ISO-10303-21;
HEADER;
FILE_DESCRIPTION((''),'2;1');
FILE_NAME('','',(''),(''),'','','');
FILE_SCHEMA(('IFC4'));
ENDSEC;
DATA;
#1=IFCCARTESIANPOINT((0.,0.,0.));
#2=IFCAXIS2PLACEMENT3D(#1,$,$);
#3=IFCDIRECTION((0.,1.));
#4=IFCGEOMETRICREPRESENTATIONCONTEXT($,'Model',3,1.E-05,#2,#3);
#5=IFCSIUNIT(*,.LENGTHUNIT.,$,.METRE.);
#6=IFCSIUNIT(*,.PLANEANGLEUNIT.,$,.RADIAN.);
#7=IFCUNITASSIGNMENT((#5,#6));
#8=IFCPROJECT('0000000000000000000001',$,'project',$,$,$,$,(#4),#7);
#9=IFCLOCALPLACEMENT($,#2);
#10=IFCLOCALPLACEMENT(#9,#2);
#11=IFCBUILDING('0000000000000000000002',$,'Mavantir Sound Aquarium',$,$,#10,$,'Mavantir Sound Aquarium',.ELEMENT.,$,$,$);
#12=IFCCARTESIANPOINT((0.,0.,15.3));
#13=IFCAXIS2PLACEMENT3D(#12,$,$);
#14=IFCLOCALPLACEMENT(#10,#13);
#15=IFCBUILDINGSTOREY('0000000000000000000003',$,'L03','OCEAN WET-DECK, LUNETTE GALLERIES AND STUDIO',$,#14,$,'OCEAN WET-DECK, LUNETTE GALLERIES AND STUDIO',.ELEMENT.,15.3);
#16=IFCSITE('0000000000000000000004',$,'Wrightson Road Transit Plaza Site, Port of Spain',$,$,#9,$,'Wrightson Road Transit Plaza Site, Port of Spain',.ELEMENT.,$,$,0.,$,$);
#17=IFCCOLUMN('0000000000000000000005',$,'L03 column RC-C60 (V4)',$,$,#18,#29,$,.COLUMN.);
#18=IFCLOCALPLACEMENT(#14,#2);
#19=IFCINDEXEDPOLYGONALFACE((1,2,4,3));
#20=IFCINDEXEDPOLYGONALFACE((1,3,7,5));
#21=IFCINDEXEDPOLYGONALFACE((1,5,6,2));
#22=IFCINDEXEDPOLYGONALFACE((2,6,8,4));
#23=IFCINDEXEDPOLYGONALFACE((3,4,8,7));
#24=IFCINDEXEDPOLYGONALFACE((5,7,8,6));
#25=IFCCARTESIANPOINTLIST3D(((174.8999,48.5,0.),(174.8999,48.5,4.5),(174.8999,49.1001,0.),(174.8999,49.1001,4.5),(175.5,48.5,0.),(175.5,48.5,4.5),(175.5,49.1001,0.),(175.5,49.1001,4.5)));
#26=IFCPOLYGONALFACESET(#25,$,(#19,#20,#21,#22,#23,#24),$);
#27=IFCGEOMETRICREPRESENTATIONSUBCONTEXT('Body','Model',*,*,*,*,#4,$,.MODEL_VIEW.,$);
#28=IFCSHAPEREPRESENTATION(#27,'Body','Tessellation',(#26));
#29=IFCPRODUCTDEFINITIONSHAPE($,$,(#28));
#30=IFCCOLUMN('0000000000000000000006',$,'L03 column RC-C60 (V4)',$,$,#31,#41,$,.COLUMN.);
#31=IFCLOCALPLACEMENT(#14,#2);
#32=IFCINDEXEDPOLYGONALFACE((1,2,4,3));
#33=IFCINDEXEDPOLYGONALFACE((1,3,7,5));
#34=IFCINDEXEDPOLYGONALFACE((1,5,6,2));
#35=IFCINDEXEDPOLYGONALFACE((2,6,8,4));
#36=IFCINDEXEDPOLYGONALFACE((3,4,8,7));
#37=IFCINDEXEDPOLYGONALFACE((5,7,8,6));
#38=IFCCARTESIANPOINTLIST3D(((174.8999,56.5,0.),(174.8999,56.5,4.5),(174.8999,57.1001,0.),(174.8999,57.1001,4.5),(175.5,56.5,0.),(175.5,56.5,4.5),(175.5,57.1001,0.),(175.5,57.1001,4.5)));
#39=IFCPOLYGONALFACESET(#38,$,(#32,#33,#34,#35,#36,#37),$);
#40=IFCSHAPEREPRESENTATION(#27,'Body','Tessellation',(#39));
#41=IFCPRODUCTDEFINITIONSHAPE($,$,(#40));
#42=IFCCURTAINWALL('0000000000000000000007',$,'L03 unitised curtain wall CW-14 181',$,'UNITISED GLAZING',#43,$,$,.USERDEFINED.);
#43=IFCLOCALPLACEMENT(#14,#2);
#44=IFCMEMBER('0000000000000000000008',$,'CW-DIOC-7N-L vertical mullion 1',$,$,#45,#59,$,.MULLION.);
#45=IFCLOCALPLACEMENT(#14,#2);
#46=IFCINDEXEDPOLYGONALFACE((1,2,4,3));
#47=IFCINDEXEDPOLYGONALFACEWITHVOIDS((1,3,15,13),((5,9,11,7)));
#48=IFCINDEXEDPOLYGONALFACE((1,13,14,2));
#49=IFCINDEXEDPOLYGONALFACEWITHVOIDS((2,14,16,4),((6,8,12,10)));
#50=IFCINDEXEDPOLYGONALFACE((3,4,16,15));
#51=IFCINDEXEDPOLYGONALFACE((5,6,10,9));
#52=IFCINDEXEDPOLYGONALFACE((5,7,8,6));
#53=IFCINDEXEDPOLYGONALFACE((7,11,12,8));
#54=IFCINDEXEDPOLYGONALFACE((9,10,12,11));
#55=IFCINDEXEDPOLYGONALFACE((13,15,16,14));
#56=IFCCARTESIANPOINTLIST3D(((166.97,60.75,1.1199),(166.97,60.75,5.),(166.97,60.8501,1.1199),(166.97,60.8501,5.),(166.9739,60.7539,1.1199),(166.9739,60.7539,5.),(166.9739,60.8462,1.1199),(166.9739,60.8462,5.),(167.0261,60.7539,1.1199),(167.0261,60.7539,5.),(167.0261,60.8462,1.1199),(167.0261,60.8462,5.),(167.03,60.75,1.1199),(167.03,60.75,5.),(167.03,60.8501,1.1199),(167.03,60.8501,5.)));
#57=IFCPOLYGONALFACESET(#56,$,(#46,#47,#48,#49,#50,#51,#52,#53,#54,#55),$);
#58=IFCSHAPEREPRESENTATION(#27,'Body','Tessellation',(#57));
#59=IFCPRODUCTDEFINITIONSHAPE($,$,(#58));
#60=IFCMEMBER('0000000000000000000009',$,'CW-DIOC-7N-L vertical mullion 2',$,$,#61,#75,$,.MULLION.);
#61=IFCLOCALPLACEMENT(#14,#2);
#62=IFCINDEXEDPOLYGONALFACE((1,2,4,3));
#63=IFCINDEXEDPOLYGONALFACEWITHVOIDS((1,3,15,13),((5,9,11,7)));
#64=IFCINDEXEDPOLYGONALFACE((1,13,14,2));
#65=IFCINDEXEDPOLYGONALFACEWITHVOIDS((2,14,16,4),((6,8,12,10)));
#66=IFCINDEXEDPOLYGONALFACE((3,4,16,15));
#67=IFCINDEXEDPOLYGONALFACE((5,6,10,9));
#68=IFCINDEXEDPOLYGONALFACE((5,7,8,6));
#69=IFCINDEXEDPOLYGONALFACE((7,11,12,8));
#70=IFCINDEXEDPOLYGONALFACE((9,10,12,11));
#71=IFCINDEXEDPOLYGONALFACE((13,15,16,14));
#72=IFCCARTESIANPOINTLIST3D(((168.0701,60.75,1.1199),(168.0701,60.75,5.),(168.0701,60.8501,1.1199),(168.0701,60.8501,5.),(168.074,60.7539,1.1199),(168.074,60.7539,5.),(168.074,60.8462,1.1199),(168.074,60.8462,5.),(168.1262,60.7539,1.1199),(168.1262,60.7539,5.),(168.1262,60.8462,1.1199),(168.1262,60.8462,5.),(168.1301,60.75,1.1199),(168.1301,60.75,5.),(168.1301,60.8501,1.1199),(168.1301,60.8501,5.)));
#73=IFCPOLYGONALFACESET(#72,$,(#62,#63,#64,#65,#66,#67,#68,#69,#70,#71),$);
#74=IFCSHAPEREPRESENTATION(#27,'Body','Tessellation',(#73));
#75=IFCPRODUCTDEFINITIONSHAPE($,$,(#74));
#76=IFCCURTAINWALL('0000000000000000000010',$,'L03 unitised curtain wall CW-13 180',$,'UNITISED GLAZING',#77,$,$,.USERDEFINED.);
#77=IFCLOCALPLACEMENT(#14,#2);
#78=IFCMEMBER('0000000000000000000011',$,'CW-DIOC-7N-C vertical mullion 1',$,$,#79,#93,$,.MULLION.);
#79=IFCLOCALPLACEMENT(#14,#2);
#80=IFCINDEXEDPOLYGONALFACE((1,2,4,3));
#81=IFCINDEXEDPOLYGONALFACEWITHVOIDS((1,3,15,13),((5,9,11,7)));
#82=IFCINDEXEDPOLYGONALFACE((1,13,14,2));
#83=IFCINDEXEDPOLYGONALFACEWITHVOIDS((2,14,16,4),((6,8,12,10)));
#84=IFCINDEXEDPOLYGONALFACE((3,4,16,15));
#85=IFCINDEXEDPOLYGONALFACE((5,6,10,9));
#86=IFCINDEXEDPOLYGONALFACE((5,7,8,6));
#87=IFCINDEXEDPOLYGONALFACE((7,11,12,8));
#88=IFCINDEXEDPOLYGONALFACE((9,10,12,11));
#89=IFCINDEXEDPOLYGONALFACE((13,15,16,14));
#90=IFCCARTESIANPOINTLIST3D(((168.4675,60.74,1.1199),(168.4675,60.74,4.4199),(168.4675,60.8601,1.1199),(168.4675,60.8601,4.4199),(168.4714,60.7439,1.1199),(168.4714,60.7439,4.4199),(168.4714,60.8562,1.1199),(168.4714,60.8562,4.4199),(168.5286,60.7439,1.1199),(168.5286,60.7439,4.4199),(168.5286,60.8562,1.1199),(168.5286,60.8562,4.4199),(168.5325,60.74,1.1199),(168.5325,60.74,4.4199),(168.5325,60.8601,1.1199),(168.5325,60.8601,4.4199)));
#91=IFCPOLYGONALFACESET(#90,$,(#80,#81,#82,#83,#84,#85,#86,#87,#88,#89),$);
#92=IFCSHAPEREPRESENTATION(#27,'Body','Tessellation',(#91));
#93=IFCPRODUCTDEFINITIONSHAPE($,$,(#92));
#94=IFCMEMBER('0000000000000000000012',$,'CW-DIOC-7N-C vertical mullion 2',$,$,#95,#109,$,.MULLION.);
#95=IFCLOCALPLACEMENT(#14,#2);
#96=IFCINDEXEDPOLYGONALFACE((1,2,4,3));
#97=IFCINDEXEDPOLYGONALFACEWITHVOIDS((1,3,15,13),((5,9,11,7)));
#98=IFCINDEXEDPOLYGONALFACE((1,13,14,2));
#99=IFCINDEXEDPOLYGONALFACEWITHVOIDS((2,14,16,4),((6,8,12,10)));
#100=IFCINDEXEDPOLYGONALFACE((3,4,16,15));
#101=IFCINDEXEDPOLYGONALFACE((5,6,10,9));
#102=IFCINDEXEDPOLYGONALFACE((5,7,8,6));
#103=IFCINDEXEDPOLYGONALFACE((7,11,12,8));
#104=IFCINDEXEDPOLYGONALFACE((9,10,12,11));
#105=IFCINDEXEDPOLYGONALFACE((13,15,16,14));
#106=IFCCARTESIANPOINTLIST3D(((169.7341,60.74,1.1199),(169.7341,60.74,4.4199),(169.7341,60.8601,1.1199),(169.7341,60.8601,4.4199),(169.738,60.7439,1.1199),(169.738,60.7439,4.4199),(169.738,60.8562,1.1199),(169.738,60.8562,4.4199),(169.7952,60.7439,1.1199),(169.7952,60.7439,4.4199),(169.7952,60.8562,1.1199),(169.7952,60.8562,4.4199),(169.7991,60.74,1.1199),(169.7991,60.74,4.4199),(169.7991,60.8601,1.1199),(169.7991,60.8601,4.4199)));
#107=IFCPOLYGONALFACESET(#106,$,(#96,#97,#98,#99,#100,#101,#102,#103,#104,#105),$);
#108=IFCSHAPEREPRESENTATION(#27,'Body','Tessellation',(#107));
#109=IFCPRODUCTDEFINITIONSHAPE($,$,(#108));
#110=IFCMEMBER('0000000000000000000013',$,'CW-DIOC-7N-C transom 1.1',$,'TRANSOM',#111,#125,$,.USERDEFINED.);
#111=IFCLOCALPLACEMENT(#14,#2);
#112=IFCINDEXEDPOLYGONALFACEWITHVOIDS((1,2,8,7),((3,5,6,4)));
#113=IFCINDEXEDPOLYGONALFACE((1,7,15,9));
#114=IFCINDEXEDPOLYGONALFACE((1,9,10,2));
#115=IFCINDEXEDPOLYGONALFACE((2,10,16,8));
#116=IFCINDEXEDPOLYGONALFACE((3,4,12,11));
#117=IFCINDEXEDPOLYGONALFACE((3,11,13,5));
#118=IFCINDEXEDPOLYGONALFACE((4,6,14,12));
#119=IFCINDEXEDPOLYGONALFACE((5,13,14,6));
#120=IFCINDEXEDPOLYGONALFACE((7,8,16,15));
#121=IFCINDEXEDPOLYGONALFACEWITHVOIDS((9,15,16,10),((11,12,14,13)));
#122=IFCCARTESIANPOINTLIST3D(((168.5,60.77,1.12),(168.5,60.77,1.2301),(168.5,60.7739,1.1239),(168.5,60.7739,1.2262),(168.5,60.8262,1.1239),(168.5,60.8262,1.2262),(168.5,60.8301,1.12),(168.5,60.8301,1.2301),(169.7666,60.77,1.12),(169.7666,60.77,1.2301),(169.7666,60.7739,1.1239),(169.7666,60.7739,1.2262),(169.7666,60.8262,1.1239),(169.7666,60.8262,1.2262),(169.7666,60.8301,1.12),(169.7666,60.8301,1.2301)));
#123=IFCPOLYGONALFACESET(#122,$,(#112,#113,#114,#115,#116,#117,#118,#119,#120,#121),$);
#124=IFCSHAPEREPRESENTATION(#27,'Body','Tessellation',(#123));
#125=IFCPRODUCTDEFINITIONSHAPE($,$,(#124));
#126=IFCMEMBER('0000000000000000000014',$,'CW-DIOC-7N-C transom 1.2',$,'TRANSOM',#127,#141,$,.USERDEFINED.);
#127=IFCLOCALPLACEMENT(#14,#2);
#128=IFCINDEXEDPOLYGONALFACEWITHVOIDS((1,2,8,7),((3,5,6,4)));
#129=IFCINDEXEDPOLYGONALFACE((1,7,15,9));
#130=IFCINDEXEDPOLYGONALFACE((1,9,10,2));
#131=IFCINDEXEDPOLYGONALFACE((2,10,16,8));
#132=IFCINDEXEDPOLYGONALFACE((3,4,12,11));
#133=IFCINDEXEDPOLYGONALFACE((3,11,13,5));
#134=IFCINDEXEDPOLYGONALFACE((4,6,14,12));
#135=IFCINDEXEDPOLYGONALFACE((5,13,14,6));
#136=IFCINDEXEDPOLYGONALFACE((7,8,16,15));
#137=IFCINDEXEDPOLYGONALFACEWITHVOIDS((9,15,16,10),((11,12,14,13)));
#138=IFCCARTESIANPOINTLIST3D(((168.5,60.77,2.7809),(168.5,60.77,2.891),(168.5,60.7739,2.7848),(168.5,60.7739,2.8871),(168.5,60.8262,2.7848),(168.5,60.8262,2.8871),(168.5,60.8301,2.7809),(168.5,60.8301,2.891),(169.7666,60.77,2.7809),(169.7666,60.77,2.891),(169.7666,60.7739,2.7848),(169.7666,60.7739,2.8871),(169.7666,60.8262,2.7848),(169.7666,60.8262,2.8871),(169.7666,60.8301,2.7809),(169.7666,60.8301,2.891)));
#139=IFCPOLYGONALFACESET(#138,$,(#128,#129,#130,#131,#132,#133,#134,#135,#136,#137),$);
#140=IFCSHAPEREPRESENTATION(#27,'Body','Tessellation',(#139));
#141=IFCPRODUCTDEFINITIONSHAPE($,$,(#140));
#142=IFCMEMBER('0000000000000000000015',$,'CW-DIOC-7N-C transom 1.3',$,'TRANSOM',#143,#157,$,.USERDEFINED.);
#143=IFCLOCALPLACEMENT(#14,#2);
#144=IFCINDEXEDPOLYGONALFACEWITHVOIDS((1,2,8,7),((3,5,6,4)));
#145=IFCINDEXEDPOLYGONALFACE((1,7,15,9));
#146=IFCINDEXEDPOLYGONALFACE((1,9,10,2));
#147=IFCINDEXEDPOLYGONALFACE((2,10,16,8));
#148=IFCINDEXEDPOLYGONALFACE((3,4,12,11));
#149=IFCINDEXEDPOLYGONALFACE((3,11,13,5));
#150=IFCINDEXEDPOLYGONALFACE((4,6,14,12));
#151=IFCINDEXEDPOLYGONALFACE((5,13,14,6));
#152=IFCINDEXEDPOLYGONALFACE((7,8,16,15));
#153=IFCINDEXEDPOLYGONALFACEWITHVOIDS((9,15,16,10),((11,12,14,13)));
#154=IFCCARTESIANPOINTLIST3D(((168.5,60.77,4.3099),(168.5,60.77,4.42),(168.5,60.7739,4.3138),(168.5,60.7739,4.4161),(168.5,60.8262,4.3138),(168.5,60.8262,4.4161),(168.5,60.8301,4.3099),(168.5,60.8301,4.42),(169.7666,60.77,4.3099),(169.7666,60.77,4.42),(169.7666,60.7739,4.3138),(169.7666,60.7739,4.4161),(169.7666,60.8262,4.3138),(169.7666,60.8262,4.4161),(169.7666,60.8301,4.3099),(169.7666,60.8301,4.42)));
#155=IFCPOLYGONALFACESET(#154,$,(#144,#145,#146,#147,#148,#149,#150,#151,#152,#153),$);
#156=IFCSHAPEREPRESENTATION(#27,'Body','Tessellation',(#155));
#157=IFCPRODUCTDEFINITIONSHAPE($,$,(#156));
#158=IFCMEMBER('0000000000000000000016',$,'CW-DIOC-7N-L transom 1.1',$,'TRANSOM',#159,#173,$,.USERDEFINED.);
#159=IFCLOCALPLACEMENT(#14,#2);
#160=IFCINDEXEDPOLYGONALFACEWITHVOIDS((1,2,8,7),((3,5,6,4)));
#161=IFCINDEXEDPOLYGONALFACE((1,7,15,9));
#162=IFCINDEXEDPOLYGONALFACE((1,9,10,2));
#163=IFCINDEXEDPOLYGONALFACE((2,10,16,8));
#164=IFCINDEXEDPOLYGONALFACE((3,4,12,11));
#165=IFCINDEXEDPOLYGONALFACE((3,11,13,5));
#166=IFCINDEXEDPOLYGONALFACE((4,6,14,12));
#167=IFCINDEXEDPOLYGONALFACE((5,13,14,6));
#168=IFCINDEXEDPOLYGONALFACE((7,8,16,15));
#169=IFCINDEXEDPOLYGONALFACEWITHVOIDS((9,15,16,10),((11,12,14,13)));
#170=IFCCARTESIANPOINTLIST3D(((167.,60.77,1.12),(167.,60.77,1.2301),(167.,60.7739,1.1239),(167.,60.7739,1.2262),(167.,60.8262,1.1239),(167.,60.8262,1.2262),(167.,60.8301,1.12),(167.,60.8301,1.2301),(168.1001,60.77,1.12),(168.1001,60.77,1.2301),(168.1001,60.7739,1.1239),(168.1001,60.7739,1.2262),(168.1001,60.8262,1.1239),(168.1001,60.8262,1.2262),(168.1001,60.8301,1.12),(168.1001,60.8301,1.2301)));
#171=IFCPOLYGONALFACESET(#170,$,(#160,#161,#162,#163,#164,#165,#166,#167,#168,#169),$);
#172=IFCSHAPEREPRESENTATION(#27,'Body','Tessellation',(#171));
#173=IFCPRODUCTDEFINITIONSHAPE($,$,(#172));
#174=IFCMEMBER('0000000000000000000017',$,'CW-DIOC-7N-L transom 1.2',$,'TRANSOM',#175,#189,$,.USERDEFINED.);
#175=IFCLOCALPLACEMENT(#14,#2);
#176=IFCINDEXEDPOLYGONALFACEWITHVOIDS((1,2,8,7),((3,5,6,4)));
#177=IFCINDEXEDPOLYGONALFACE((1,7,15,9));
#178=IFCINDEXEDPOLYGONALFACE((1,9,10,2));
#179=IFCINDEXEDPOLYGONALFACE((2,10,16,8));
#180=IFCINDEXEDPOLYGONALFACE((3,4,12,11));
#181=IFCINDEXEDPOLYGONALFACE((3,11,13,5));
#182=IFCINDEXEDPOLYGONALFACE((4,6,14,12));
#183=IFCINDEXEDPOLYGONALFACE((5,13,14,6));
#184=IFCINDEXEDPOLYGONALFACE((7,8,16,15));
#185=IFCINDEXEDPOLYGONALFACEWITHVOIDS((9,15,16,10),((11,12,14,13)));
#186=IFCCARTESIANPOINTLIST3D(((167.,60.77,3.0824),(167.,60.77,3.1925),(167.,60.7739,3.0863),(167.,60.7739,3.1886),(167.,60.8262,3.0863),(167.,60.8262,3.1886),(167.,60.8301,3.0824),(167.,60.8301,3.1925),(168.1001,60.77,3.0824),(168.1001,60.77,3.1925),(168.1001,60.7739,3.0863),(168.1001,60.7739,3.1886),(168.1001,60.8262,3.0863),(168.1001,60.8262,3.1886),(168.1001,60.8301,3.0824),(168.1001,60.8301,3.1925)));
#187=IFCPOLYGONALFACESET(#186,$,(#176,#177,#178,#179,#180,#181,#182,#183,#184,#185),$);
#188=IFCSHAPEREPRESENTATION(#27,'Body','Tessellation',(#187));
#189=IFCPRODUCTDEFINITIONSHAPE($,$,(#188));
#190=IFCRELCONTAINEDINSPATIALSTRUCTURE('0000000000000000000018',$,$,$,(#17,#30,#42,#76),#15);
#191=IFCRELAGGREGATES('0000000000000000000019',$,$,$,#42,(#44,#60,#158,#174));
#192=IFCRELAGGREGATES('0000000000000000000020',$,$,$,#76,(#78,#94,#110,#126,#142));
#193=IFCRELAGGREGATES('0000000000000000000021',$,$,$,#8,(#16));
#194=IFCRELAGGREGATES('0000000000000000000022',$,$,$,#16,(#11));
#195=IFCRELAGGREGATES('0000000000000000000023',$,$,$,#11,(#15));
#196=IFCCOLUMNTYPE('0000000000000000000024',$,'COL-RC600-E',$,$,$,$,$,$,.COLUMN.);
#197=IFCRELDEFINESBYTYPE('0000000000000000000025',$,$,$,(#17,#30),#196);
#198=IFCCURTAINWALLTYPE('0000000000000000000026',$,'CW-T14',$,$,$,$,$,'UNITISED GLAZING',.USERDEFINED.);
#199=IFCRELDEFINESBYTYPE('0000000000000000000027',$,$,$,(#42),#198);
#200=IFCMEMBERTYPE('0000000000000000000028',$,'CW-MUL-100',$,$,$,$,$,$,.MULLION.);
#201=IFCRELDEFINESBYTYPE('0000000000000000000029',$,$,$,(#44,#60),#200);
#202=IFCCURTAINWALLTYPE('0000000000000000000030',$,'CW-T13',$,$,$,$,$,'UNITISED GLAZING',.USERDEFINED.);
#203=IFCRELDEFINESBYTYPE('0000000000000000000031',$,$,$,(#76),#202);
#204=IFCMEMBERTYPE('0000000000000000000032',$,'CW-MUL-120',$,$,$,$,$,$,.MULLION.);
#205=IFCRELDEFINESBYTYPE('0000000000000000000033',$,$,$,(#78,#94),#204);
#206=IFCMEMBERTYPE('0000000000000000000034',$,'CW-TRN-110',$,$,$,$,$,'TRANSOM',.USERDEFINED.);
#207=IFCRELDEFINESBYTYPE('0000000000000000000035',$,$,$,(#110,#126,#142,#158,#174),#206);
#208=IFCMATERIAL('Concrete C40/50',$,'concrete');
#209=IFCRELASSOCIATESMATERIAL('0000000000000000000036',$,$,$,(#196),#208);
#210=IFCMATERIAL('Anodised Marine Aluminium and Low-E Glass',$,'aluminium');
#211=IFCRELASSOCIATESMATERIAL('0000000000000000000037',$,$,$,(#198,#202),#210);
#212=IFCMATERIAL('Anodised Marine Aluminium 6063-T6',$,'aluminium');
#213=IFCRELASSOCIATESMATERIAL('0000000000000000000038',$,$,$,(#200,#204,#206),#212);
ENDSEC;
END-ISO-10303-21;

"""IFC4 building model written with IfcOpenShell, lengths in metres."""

from ifc_helpers import new_model, si_unit, direction, frame, origin, origin_2d, place, context, subcontext, project, spatial, rectangle, hollow_rectangle, extrude, material, material_profile, profile_set, type_object, element, aggregate, save


model = new_model("IFC4")

# Units and contexts
model_context = context("Model", 3, precision=1e-05, world=origin(), true_north=direction((0.0, 1.0)))
body_context = subcontext(model_context, "Body", "Model", "MODEL_VIEW")
ifc_project = project(units=[si_unit("LENGTHUNIT", "METRE"), si_unit("PLANEANGLEUNIT", "RADIAN")], contexts=[model_context])

# Site, building, storey
site_placement = place(None, origin())
site = spatial("IfcSite", under=ifc_project, at=site_placement, Name="Wrightson Road Transit Plaza Site, Port of Spain", LongName="Wrightson Road Transit Plaza Site, Port of Spain", CompositionType="ELEMENT", RefElevation=0.0)
building_placement = place(site_placement, origin())
building = spatial("IfcBuilding", under=site, at=building_placement, Name="Mavantir Sound Aquarium", LongName="Mavantir Sound Aquarium", CompositionType="ELEMENT")
storey_placement = place(building_placement, frame((0.0, 0.0, 15.3)))
storey = spatial("IfcBuildingStorey", under=building, at=storey_placement, Name="L03", Description="OCEAN WET-DECK, LUNETTE GALLERIES AND STUDIO", LongName="OCEAN WET-DECK, LUNETTE GALLERIES AND STUDIO", CompositionType="ELEMENT", Elevation=15.3)

# Columns
ifc_material_1 = material(Name="Concrete C40/50", Category="concrete")
ifc_material_profile_1 = material_profile(ifc_material_1, rectangle(XDim=0.6001, YDim=0.6001, at=origin_2d()), Name="RC 600X600")
ifc_profile_set_1 = profile_set([ifc_material_profile_1], Name="Concrete C40/50")
column_type = type_object("IfcColumnType", Name="COL-RC600-E", PredefinedType="COLUMN", material=ifc_profile_set_1)
for number, where, z_axis, x_axis, name in (
    (1, (175.2, 48.8, 0.0), (0.0, 0.0, 1.0), (1.0, 0.0, 0.0), "L03 column RC-C60 (V4)"),
    (2, (175.2, 56.8, 0.0), (0.0, 0.0, 1.0), (1.0, 0.0, 0.0), "L03 column RC-C60 (V4)"),
):
    element("IfcColumn", number, at=place(storey_placement, frame(where, z_axis=z_axis, x_axis=x_axis)), inside=storey, type_object=column_type, Name=name, PredefinedType="COLUMN", context=body_context, shape_type="SweptSolid", body=[
        extrude(rectangle(XDim=0.6001, YDim=0.6001, at=origin_2d()), origin(), (0.0, 0.0, 1.0), 4.5),
    ])

# Curtain walls, members
ifc_material_2 = material(Name="Anodised Marine Aluminium and Low-E Glass", Category="aluminium")
curtain_wall_type_1 = type_object("IfcCurtainWallType", Name="CW-T14", ElementType="UNITISED GLAZING", PredefinedType="USERDEFINED", material=ifc_material_2)
curtain_wall_1_placement = place(storey_placement, origin())
curtain_wall_1 = element("IfcCurtainWall", 3, at=curtain_wall_1_placement, inside=storey, type_object=curtain_wall_type_1, Name="L03 unitised curtain wall CW-14 181", ObjectType="UNITISED GLAZING", PredefinedType="USERDEFINED")
ifc_material_3 = material(Name="Anodised Marine Aluminium 6063-T6", Category="aluminium")
ifc_material_profile_2 = material_profile(ifc_material_3, hollow_rectangle(XDim=0.0601, YDim=0.1001, WallThickness=0.0039, at=origin_2d()), Name="ALU-MULLION-100X60")
ifc_profile_set_2 = profile_set([ifc_material_profile_2], Name="Anodised Marine Aluminium 6063-T6")
member_type_1 = type_object("IfcMemberType", Name="CW-MUL-100", PredefinedType="MULLION", material=ifc_profile_set_2)
member_1_placement = place(storey_placement, frame((167.0, 60.8, 1.1199), z_axis=(0.0, 0.0, 1.0), x_axis=(1.0, 0.0, 0.0)))
member_1 = element("IfcMember", 4, at=member_1_placement, type_object=member_type_1, Name="CW-DIOC-7N-L vertical mullion 1", PredefinedType="MULLION", context=body_context, shape_type="SweptSolid", body=[
    extrude(hollow_rectangle(XDim=0.0601, YDim=0.1001, WallThickness=0.0039, at=origin_2d()), origin(), (0.0, 0.0, 1.0), 3.8801),
])
member_2_placement = place(storey_placement, frame((168.1001, 60.8, 1.1199), z_axis=(0.0, 0.0, 1.0), x_axis=(1.0, 0.0, 0.0)))
member_2 = element("IfcMember", 5, at=member_2_placement, type_object=member_type_1, Name="CW-DIOC-7N-L vertical mullion 2", PredefinedType="MULLION", context=body_context, shape_type="SweptSolid", body=[
    extrude(hollow_rectangle(XDim=0.0601, YDim=0.1001, WallThickness=0.0039, at=origin_2d()), origin(), (0.0, 0.0, 1.0), 3.8801),
])
curtain_wall_type_2 = type_object("IfcCurtainWallType", Name="CW-T13", ElementType="UNITISED GLAZING", PredefinedType="USERDEFINED", material=ifc_material_2)
curtain_wall_2_placement = place(storey_placement, origin())
curtain_wall_2 = element("IfcCurtainWall", 6, at=curtain_wall_2_placement, inside=storey, type_object=curtain_wall_type_2, Name="L03 unitised curtain wall CW-13 180", ObjectType="UNITISED GLAZING", PredefinedType="USERDEFINED")
ifc_material_profile_3 = material_profile(ifc_material_3, hollow_rectangle(XDim=0.0649, YDim=0.1201, WallThickness=0.0039, at=origin_2d()), Name="ALU-MULLION-120X65")
ifc_profile_set_3 = profile_set([ifc_material_profile_3], Name="Anodised Marine Aluminium 6063-T6")
member_type_2 = type_object("IfcMemberType", Name="CW-MUL-120", PredefinedType="MULLION", material=ifc_profile_set_3)
member_3_placement = place(storey_placement, frame((168.5, 60.8, 1.1199), z_axis=(0.0, 0.0, 1.0), x_axis=(1.0, 0.0, 0.0)))
member_3 = element("IfcMember", 7, at=member_3_placement, type_object=member_type_2, Name="CW-DIOC-7N-C vertical mullion 1", PredefinedType="MULLION", context=body_context, shape_type="SweptSolid", body=[
    extrude(hollow_rectangle(XDim=0.0649, YDim=0.1201, WallThickness=0.0039, at=origin_2d()), origin(), (0.0, 0.0, 1.0), 3.3),
])
member_4_placement = place(storey_placement, frame((169.7666, 60.8, 1.1199), z_axis=(0.0, 0.0, 1.0), x_axis=(1.0, 0.0, 0.0)))
member_4 = element("IfcMember", 8, at=member_4_placement, type_object=member_type_2, Name="CW-DIOC-7N-C vertical mullion 2", PredefinedType="MULLION", context=body_context, shape_type="SweptSolid", body=[
    extrude(hollow_rectangle(XDim=0.0649, YDim=0.1201, WallThickness=0.0039, at=origin_2d()), origin(), (0.0, 0.0, 1.0), 3.3),
])
ifc_material_profile_4 = material_profile(ifc_material_3, hollow_rectangle(XDim=0.0601, YDim=0.1101, WallThickness=0.0039, at=origin_2d()), Name="ALU-TRANSOM-110X60")
ifc_profile_set_4 = profile_set([ifc_material_profile_4], Name="Anodised Marine Aluminium 6063-T6")
member_type_3 = type_object("IfcMemberType", Name="CW-TRN-110", ElementType="TRANSOM", PredefinedType="USERDEFINED", material=ifc_profile_set_4)
member_5_placement = place(storey_placement, frame((168.5, 60.8, 1.175), z_axis=(1.0, 0.0, 0.0), x_axis=(0.0, 1.0, 0.0)))
member_5 = element("IfcMember", 9, at=member_5_placement, type_object=member_type_3, Name="CW-DIOC-7N-C transom 1.1", ObjectType="TRANSOM", PredefinedType="USERDEFINED", context=body_context, shape_type="SweptSolid", body=[
    extrude(hollow_rectangle(XDim=0.0601, YDim=0.1101, WallThickness=0.0039, at=origin_2d()), origin(), (0.0, 0.0, 1.0), 1.2666),
])
member_6_placement = place(storey_placement, frame((168.5, 60.8, 2.8359), z_axis=(1.0, 0.0, 0.0), x_axis=(0.0, 1.0, 0.0)))
member_6 = element("IfcMember", 10, at=member_6_placement, type_object=member_type_3, Name="CW-DIOC-7N-C transom 1.2", ObjectType="TRANSOM", PredefinedType="USERDEFINED", context=body_context, shape_type="SweptSolid", body=[
    extrude(hollow_rectangle(XDim=0.0601, YDim=0.1101, WallThickness=0.0039, at=origin_2d()), origin(), (0.0, 0.0, 1.0), 1.2666),
])
member_7_placement = place(storey_placement, frame((168.5, 60.8, 4.365), z_axis=(1.0, 0.0, 0.0), x_axis=(0.0, 1.0, 0.0)))
member_7 = element("IfcMember", 11, at=member_7_placement, type_object=member_type_3, Name="CW-DIOC-7N-C transom 1.3", ObjectType="TRANSOM", PredefinedType="USERDEFINED", context=body_context, shape_type="SweptSolid", body=[
    extrude(hollow_rectangle(XDim=0.0601, YDim=0.1101, WallThickness=0.0039, at=origin_2d()), origin(), (0.0, 0.0, 1.0), 1.2666),
])

# Members
member_8_placement = place(storey_placement, frame((167.0, 60.8, 1.175), z_axis=(1.0, 0.0, 0.0), x_axis=(0.0, 1.0, 0.0)))
member_8 = element("IfcMember", 12, at=member_8_placement, type_object=member_type_3, Name="CW-DIOC-7N-L transom 1.1", ObjectType="TRANSOM", PredefinedType="USERDEFINED", context=body_context, shape_type="SweptSolid", body=[
    extrude(hollow_rectangle(XDim=0.0601, YDim=0.1101, WallThickness=0.0039, at=origin_2d()), origin(), (0.0, 0.0, 1.0), 1.1001),
])
member_9_placement = place(storey_placement, frame((167.0, 60.8, 3.1375), z_axis=(1.0, 0.0, 0.0), x_axis=(0.0, 1.0, 0.0)))
member_9 = element("IfcMember", 13, at=member_9_placement, type_object=member_type_3, Name="CW-DIOC-7N-L transom 1.2", ObjectType="TRANSOM", PredefinedType="USERDEFINED", context=body_context, shape_type="SweptSolid", body=[
    extrude(hollow_rectangle(XDim=0.0601, YDim=0.1101, WallThickness=0.0039, at=origin_2d()), origin(), (0.0, 0.0, 1.0), 1.1001),
])

aggregate(curtain_wall_1, [member_1, member_2, member_8, member_9])
aggregate(curtain_wall_2, [member_3, member_4, member_5, member_6, member_7])

save(model, "model.ifc")
